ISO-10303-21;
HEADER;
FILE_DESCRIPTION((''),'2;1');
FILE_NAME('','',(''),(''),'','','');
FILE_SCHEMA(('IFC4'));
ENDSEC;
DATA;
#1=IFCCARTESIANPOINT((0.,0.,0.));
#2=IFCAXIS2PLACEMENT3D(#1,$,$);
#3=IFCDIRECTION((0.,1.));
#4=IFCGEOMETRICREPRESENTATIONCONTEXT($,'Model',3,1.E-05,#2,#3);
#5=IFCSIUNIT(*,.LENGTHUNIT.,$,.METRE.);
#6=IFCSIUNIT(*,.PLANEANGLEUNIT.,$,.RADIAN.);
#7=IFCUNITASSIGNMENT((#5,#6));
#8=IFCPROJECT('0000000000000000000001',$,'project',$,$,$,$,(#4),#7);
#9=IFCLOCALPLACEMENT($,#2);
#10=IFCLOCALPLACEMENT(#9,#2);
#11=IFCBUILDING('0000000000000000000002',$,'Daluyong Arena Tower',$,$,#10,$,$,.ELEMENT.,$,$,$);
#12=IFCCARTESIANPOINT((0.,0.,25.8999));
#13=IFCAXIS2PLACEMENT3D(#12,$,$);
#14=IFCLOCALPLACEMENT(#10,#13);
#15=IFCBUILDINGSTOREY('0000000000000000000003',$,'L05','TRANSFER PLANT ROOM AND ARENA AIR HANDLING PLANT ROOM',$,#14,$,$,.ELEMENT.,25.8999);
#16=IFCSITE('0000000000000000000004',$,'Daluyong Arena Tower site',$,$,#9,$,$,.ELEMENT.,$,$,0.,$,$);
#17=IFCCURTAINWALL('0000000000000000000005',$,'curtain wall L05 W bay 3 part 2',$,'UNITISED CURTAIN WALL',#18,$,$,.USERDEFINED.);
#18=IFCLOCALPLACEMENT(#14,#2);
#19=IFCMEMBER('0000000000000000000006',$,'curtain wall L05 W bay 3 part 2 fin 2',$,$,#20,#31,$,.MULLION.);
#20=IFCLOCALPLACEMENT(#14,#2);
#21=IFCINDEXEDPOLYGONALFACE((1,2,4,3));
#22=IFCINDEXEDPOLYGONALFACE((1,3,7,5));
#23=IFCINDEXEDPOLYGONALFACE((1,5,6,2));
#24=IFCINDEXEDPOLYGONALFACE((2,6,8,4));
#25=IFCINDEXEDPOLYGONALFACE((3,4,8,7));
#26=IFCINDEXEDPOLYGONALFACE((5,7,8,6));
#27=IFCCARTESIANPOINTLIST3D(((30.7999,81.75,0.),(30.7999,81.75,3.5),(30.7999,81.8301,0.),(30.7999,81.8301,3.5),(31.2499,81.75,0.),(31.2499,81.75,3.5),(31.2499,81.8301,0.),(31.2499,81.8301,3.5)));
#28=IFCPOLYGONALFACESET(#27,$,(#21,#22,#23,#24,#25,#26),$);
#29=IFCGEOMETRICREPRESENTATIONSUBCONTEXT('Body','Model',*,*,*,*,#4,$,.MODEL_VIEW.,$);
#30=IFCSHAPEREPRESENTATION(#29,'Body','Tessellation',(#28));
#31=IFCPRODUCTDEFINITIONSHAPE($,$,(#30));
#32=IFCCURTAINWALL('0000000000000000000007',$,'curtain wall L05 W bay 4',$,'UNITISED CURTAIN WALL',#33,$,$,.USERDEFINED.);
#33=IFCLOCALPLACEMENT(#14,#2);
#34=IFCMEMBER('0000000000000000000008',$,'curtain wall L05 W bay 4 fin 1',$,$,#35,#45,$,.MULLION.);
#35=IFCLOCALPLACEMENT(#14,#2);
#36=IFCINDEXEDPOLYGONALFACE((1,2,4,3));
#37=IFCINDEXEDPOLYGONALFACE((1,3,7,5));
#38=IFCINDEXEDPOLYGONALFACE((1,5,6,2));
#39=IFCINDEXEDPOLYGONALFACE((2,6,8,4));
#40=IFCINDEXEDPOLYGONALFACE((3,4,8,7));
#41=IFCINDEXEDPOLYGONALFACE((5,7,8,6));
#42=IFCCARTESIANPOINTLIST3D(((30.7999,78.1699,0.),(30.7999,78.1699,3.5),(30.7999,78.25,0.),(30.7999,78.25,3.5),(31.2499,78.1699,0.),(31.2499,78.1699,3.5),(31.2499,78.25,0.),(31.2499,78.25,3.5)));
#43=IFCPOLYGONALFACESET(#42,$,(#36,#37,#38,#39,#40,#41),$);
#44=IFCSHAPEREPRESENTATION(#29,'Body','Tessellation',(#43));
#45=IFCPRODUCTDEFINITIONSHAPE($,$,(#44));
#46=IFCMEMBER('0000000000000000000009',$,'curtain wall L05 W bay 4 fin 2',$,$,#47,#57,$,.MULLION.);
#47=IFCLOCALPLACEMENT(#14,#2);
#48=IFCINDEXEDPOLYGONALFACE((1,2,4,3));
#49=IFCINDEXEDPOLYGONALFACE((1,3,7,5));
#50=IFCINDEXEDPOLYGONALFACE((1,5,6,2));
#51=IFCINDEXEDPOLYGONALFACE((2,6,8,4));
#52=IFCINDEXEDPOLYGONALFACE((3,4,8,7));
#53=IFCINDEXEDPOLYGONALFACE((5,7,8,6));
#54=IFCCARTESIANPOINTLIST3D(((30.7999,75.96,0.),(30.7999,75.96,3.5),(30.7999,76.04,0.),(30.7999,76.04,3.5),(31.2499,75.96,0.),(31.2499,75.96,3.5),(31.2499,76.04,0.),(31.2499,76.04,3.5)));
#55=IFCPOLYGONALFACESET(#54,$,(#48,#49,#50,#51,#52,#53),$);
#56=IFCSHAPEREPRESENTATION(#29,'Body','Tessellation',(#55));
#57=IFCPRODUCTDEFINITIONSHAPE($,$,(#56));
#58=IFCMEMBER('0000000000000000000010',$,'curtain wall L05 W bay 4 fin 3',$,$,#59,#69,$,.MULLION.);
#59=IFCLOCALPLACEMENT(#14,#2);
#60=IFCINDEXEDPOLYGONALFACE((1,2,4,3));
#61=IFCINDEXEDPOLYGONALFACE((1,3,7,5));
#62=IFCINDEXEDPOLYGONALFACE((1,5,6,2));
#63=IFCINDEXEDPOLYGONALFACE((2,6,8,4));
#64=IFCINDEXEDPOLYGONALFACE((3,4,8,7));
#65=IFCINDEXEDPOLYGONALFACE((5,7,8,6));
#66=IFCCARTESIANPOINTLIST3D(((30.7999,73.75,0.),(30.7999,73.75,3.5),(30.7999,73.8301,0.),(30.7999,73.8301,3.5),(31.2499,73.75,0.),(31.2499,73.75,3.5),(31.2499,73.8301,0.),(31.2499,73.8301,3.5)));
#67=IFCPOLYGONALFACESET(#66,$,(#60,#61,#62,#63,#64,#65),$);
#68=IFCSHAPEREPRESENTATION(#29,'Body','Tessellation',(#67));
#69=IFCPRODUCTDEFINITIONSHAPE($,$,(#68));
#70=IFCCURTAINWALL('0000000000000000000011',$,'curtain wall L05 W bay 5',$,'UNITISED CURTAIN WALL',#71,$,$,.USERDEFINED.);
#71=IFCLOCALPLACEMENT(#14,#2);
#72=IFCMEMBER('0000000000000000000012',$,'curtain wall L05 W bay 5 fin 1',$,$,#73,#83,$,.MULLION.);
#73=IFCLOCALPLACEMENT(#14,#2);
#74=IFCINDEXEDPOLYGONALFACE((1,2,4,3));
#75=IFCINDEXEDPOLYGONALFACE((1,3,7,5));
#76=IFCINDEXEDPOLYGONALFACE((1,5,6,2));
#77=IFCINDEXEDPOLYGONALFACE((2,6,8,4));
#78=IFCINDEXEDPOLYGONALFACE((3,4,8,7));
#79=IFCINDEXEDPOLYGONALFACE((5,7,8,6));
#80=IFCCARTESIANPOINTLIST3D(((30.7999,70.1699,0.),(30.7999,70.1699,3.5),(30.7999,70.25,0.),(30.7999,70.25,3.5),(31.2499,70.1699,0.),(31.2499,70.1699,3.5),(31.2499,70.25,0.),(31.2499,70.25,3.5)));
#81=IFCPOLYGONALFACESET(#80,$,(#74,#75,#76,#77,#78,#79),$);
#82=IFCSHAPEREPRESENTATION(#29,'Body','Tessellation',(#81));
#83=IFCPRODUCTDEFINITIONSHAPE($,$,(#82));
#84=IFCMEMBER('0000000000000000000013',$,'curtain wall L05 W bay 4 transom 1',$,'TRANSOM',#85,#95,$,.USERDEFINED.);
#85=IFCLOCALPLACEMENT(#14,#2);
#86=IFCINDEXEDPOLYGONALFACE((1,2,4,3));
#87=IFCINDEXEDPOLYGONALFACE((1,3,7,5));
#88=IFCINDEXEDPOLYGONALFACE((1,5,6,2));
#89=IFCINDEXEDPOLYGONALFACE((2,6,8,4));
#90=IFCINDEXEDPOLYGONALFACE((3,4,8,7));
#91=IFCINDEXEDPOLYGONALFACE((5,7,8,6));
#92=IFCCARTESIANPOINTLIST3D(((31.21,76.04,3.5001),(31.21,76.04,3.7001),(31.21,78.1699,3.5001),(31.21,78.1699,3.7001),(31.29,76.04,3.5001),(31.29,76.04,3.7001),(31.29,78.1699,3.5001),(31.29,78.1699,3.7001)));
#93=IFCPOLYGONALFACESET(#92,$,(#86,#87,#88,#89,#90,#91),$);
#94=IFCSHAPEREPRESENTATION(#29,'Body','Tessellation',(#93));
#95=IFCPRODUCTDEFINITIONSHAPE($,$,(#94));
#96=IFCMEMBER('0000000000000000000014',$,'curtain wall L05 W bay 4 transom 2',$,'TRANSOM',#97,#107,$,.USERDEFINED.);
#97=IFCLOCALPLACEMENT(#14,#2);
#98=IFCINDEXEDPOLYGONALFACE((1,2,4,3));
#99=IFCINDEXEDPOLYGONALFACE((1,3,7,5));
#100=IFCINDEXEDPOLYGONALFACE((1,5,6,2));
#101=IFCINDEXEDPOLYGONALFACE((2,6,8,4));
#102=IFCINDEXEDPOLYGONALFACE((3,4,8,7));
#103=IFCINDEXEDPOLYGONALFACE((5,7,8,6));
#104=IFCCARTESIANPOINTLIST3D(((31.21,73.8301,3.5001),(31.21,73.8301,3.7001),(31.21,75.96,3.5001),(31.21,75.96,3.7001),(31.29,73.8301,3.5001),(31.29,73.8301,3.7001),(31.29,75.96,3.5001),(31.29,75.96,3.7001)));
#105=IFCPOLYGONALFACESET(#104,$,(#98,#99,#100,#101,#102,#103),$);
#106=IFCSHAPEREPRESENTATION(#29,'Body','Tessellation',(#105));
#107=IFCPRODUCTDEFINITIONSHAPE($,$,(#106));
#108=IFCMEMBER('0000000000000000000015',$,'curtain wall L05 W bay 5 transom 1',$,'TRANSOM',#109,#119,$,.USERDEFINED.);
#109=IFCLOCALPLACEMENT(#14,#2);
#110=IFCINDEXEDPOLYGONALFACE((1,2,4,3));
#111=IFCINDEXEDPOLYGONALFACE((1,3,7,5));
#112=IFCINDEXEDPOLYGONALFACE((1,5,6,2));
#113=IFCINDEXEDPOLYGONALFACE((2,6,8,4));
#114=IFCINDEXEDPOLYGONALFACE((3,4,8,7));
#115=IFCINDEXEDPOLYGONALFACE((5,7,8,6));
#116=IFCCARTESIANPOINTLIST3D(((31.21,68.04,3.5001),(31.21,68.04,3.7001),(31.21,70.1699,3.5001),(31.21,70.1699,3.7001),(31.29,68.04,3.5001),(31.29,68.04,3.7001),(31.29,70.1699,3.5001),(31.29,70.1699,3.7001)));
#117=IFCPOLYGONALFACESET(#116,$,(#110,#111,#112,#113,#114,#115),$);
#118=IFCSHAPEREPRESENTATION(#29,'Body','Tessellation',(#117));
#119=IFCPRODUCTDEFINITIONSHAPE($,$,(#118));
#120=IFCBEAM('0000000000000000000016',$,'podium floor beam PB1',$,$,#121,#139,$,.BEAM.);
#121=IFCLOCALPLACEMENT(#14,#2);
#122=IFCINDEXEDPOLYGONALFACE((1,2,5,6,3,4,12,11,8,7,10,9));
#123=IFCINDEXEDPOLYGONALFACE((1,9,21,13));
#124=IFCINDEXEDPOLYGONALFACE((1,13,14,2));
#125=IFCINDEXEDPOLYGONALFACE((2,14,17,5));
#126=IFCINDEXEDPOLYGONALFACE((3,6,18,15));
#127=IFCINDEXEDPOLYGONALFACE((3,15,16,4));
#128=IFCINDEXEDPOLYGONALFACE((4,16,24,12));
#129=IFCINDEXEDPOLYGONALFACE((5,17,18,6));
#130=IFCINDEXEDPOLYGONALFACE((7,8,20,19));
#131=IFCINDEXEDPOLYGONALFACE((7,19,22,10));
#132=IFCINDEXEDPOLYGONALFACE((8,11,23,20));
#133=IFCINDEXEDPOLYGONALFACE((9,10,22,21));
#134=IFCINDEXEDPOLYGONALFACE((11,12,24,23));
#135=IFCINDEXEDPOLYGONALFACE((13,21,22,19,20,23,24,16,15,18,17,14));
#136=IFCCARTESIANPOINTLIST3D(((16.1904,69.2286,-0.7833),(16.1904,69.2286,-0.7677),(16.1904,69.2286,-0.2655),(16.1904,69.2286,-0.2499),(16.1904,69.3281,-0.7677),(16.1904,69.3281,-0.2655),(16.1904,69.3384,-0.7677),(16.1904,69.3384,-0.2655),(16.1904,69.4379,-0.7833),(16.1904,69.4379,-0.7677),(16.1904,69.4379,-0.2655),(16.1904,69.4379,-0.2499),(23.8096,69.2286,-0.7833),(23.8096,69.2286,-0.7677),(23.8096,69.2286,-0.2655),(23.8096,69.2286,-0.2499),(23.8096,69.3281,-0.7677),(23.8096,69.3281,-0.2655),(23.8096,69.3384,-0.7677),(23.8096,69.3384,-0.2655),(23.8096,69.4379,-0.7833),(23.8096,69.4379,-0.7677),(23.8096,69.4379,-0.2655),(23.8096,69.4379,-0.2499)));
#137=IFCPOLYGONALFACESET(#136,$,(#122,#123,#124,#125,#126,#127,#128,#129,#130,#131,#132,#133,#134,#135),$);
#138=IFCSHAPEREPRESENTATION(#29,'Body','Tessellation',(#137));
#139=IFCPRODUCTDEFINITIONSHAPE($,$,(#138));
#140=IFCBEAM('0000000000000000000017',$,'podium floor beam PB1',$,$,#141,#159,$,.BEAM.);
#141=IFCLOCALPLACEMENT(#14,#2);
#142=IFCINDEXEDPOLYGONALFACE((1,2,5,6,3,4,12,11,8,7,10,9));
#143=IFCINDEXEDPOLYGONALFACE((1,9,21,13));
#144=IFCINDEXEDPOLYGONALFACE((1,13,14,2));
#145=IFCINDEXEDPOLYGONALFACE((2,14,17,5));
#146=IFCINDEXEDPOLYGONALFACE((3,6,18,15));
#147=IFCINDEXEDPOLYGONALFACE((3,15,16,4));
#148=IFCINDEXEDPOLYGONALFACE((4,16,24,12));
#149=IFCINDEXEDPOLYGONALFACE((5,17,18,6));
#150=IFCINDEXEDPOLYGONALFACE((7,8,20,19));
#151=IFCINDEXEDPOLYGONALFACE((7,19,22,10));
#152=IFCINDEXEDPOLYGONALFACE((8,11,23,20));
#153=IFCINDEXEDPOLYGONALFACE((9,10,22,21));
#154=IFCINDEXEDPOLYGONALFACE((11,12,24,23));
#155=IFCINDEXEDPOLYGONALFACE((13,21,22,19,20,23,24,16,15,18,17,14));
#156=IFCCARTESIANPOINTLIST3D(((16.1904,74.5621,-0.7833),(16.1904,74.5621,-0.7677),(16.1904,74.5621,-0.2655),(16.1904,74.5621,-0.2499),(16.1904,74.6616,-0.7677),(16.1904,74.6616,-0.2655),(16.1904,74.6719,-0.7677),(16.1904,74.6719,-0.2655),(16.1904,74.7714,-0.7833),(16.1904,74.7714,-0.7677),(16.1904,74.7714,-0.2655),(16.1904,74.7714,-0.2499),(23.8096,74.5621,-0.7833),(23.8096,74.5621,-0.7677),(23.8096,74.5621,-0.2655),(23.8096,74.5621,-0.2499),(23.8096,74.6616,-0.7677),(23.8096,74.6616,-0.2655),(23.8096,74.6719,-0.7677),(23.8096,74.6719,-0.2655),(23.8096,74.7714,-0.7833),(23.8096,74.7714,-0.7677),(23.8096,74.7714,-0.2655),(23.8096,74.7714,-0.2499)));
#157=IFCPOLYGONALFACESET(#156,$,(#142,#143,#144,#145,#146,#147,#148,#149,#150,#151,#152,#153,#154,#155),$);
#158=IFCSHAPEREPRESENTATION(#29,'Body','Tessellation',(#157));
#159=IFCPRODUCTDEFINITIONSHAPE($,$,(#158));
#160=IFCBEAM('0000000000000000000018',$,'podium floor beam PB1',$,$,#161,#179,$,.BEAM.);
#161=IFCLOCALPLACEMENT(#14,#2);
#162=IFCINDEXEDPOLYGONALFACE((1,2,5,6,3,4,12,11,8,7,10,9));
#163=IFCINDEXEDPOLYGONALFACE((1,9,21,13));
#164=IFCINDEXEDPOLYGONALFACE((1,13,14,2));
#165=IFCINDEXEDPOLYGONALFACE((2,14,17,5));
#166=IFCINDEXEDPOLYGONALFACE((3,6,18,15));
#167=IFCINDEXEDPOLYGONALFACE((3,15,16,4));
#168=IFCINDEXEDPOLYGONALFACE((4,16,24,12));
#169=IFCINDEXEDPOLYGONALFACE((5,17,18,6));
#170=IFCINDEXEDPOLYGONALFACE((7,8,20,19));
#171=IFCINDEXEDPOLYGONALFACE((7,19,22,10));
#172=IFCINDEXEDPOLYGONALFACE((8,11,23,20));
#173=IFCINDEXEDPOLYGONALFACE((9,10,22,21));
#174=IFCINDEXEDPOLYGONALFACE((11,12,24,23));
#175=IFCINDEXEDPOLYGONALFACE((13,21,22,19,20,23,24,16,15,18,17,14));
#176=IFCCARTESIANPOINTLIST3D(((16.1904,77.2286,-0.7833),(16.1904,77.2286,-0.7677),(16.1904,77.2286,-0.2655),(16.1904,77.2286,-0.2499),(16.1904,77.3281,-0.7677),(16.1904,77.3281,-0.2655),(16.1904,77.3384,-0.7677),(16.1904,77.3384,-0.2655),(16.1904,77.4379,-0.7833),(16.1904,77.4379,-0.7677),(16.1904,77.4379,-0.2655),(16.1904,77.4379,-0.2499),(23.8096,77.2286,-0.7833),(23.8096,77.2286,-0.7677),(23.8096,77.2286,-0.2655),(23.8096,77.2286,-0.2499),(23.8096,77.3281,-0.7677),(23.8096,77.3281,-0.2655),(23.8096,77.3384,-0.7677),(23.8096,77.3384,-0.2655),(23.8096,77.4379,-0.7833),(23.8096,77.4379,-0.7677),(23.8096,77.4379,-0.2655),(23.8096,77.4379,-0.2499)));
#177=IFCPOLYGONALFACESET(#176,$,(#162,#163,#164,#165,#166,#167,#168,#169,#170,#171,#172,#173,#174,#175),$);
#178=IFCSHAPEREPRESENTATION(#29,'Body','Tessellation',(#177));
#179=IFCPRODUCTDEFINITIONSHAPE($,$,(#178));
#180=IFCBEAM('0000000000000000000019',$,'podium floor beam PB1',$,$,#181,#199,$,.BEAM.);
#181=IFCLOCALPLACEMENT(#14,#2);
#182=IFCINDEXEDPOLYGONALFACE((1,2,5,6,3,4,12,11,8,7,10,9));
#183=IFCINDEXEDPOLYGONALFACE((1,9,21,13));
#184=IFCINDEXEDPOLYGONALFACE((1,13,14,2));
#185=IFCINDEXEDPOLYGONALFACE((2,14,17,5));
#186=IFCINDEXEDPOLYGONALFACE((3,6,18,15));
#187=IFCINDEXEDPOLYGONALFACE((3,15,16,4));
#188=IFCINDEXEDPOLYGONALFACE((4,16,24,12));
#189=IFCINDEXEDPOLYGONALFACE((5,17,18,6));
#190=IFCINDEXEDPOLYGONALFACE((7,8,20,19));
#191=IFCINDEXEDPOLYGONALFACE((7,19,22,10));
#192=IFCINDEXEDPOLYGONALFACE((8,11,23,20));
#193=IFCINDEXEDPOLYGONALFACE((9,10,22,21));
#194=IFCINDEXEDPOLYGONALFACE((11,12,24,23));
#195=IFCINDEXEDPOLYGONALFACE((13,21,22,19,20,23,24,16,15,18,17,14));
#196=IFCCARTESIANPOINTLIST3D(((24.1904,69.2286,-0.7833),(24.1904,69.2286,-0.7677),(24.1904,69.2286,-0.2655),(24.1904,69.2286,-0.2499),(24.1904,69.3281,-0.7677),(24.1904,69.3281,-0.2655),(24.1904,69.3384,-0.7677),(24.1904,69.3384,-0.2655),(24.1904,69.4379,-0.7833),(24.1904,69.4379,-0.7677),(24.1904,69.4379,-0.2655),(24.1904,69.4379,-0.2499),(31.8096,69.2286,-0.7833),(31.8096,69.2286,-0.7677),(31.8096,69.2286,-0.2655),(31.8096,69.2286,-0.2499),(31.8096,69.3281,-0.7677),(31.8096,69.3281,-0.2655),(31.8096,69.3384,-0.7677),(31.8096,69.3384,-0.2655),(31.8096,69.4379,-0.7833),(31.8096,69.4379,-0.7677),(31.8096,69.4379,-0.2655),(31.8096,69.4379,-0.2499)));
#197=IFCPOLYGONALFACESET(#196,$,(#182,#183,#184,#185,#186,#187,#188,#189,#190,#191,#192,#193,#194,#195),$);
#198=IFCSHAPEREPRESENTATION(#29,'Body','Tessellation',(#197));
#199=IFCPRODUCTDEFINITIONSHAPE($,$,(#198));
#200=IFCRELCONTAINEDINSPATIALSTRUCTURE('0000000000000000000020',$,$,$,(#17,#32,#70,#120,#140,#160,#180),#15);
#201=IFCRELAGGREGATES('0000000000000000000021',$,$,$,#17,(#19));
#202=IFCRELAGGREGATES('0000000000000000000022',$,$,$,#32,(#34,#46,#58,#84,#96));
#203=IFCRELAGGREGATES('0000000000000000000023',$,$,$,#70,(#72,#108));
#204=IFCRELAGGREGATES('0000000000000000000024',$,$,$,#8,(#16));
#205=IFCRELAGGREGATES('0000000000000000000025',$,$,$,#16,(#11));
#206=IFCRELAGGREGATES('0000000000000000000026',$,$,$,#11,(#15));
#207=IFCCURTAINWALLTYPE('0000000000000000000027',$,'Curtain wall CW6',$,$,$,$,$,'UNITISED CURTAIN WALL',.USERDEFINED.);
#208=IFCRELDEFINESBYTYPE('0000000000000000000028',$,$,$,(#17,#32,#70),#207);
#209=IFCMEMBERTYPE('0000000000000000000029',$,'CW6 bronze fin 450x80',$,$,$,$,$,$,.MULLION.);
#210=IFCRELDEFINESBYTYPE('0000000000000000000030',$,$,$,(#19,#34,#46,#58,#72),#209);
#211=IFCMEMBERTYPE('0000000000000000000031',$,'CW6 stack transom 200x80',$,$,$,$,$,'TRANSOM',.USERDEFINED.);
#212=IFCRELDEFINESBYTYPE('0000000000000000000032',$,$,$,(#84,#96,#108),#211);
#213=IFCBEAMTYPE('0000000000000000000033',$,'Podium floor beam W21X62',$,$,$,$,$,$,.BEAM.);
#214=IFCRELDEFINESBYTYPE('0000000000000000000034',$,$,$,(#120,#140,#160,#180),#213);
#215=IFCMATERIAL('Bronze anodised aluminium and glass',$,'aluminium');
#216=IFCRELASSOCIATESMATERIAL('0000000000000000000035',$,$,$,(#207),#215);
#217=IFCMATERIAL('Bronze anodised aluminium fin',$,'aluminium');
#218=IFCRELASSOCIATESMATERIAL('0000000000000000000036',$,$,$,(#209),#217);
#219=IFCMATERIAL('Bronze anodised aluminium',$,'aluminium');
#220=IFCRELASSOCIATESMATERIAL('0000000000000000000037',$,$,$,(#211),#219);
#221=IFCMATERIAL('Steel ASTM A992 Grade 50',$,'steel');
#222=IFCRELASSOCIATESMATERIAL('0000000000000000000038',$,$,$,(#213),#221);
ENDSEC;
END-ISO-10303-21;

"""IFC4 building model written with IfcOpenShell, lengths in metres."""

from ifc_helpers import new_model, si_unit, direction, frame, origin, origin_2d, place, context, subcontext, project, spatial, rectangle, i_section, extrude, material, material_profile, profile_set, type_object, element, aggregate, save


model = new_model("IFC4")

# Units and contexts
model_context = context("Model", 3, precision=1e-05, world=origin(), true_north=direction((0.0, 1.0)))
body_context = subcontext(model_context, "Body", "Model", "MODEL_VIEW")
ifc_project = project(units=[si_unit("LENGTHUNIT", "METRE"), si_unit("PLANEANGLEUNIT", "RADIAN")], contexts=[model_context])

# Site, building, storey
site_placement = place(None, origin())
site = spatial("IfcSite", under=ifc_project, at=site_placement, Name="Daluyong Arena Tower site", CompositionType="ELEMENT", RefElevation=0.0)
building_placement = place(site_placement, origin())
building = spatial("IfcBuilding", under=site, at=building_placement, Name="Daluyong Arena Tower", CompositionType="ELEMENT")
storey_placement = place(building_placement, frame((0.0, 0.0, 25.8999)))
storey = spatial("IfcBuildingStorey", under=building, at=storey_placement, Name="L05", Description="TRANSFER PLANT ROOM AND ARENA AIR HANDLING PLANT ROOM", CompositionType="ELEMENT", Elevation=25.8999)

# Curtain wall, member
ifc_material_1 = material(Name="Bronze anodised aluminium and glass", Category="aluminium")
curtain_wall_type = type_object("IfcCurtainWallType", Name="Curtain wall CW6", ElementType="UNITISED CURTAIN WALL", PredefinedType="USERDEFINED", material=ifc_material_1)
curtain_wall_1_placement = place(storey_placement, origin())
curtain_wall_1 = element("IfcCurtainWall", 1, at=curtain_wall_1_placement, inside=storey, type_object=curtain_wall_type, Name="curtain wall L05 W bay 3 part 2", ObjectType="UNITISED CURTAIN WALL", PredefinedType="USERDEFINED")
ifc_material_2 = material(Name="Bronze anodised aluminium fin", Category="aluminium")
ifc_material_profile_1 = material_profile(ifc_material_2, rectangle(XDim=0.45, YDim=0.0801, at=origin_2d()))
ifc_profile_set_1 = profile_set([ifc_material_profile_1], Name="Bronze anodised aluminium fin")
member_type_1 = type_object("IfcMemberType", Name="CW6 bronze fin 450x80", PredefinedType="MULLION", material=ifc_profile_set_1)
member_1_placement = place(storey_placement, frame((31.0249, 81.79, 0.0), z_axis=(0.0, 0.0, 1.0), x_axis=(1.0, 0.0, 0.0)))
member_1 = element("IfcMember", 2, at=member_1_placement, type_object=member_type_1, Name="curtain wall L05 W bay 3 part 2 fin 2", PredefinedType="MULLION", context=body_context, shape_type="SweptSolid", body=[
    extrude(rectangle(XDim=0.45, YDim=0.0801, at=origin_2d()), origin(), (0.0, 0.0, 1.0), 3.5),
])
aggregate(curtain_wall_1, [member_1])

# Curtain wall, members
curtain_wall_2_placement = place(storey_placement, origin())
curtain_wall_2 = element("IfcCurtainWall", 3, at=curtain_wall_2_placement, inside=storey, type_object=curtain_wall_type, Name="curtain wall L05 W bay 4", ObjectType="UNITISED CURTAIN WALL", PredefinedType="USERDEFINED")
member_2_placement = place(storey_placement, frame((31.0249, 78.21, 0.0), z_axis=(0.0, 0.0, 1.0), x_axis=(1.0, 0.0, 0.0)))
member_2 = element("IfcMember", 4, at=member_2_placement, type_object=member_type_1, Name="curtain wall L05 W bay 4 fin 1", PredefinedType="MULLION", context=body_context, shape_type="SweptSolid", body=[
    extrude(rectangle(XDim=0.45, YDim=0.0801, at=origin_2d()), origin(), (0.0, 0.0, 1.0), 3.5),
])
member_3_placement = place(storey_placement, frame((31.0249, 76.0, 0.0), z_axis=(0.0, 0.0, 1.0), x_axis=(1.0, 0.0, 0.0)))
member_3 = element("IfcMember", 5, at=member_3_placement, type_object=member_type_1, Name="curtain wall L05 W bay 4 fin 2", PredefinedType="MULLION", context=body_context, shape_type="SweptSolid", body=[
    extrude(rectangle(XDim=0.45, YDim=0.0801, at=origin_2d()), origin(), (0.0, 0.0, 1.0), 3.5),
])
member_4_placement = place(storey_placement, frame((31.0249, 73.79, 0.0), z_axis=(0.0, 0.0, 1.0), x_axis=(1.0, 0.0, 0.0)))
member_4 = element("IfcMember", 6, at=member_4_placement, type_object=member_type_1, Name="curtain wall L05 W bay 4 fin 3", PredefinedType="MULLION", context=body_context, shape_type="SweptSolid", body=[
    extrude(rectangle(XDim=0.45, YDim=0.0801, at=origin_2d()), origin(), (0.0, 0.0, 1.0), 3.5),
])

# Curtain wall, member
curtain_wall_3_placement = place(storey_placement, origin())
curtain_wall_3 = element("IfcCurtainWall", 7, at=curtain_wall_3_placement, inside=storey, type_object=curtain_wall_type, Name="curtain wall L05 W bay 5", ObjectType="UNITISED CURTAIN WALL", PredefinedType="USERDEFINED")
member_5_placement = place(storey_placement, frame((31.0249, 70.21, 0.0), z_axis=(0.0, 0.0, 1.0), x_axis=(1.0, 0.0, 0.0)))
member_5 = element("IfcMember", 8, at=member_5_placement, type_object=member_type_1, Name="curtain wall L05 W bay 5 fin 1", PredefinedType="MULLION", context=body_context, shape_type="SweptSolid", body=[
    extrude(rectangle(XDim=0.45, YDim=0.0801, at=origin_2d()), origin(), (0.0, 0.0, 1.0), 3.5),
])

# Members
ifc_material_3 = material(Name="Bronze anodised aluminium", Category="aluminium")
ifc_material_profile_2 = material_profile(ifc_material_3, rectangle(XDim=0.0801, YDim=0.2, at=origin_2d()))
ifc_profile_set_2 = profile_set([ifc_material_profile_2], Name="Bronze anodised aluminium")
member_type_2 = type_object("IfcMemberType", Name="CW6 stack transom 200x80", ElementType="TRANSOM", PredefinedType="USERDEFINED", material=ifc_profile_set_2)
member_6_placement = place(storey_placement, frame((31.25, 78.1699, 3.6001), z_axis=(0.0, -1.0, 0.0), x_axis=(1.0, 0.0, 0.0)))
member_6 = element("IfcMember", 9, at=member_6_placement, type_object=member_type_2, Name="curtain wall L05 W bay 4 transom 1", ObjectType="TRANSOM", PredefinedType="USERDEFINED", context=body_context, shape_type="SweptSolid", body=[
    extrude(rectangle(XDim=0.0801, YDim=0.2, at=origin_2d()), origin(), (0.0, 0.0, 1.0), 2.1299),
])
member_7_placement = place(storey_placement, frame((31.25, 75.96, 3.6001), z_axis=(0.0, -1.0, 0.0), x_axis=(1.0, 0.0, 0.0)))
member_7 = element("IfcMember", 10, at=member_7_placement, type_object=member_type_2, Name="curtain wall L05 W bay 4 transom 2", ObjectType="TRANSOM", PredefinedType="USERDEFINED", context=body_context, shape_type="SweptSolid", body=[
    extrude(rectangle(XDim=0.0801, YDim=0.2, at=origin_2d()), origin(), (0.0, 0.0, 1.0), 2.1299),
])
member_8_placement = place(storey_placement, frame((31.25, 70.1699, 3.6001), z_axis=(0.0, -1.0, 0.0), x_axis=(1.0, 0.0, 0.0)))
member_8 = element("IfcMember", 11, at=member_8_placement, type_object=member_type_2, Name="curtain wall L05 W bay 5 transom 1", ObjectType="TRANSOM", PredefinedType="USERDEFINED", context=body_context, shape_type="SweptSolid", body=[
    extrude(rectangle(XDim=0.0801, YDim=0.2, at=origin_2d()), origin(), (0.0, 0.0, 1.0), 2.1299),
])

# Beams
ifc_material_4 = material(Name="Steel ASTM A992 Grade 50", Category="steel")
ifc_material_profile_3 = material_profile(ifc_material_4, i_section(OverallWidth=0.2092, OverallDepth=0.5334, WebThickness=0.0103, FlangeThickness=0.0156, at=origin_2d()))
ifc_profile_set_3 = profile_set([ifc_material_profile_3], Name="Steel ASTM A992 Grade 50")
beam_type_1 = type_object("IfcBeamType", Name="Podium floor beam W21X62", PredefinedType="BEAM", material=ifc_profile_set_3)
for number, where, z_axis, x_axis, name in (
    (12, (16.1904, 69.3333, -0.5166), (1.0, 0.0, 0.0), (0.0, 1.0, 0.0), "podium floor beam PB1"),
    (13, (16.1904, 74.6667, -0.5166), (1.0, 0.0, 0.0), (0.0, 1.0, 0.0), "podium floor beam PB1"),
    (14, (16.1904, 77.3333, -0.5166), (1.0, 0.0, 0.0), (0.0, 1.0, 0.0), "podium floor beam PB1"),
    (15, (24.1904, 69.3333, -0.5166), (1.0, 0.0, 0.0), (0.0, 1.0, 0.0), "podium floor beam PB1"),
):
    element("IfcBeam", number, at=place(storey_placement, frame(where, z_axis=z_axis, x_axis=x_axis)), inside=storey, type_object=beam_type_1, Name=name, PredefinedType="BEAM", context=body_context, shape_type="SweptSolid", body=[
        extrude(i_section(OverallWidth=0.2092, OverallDepth=0.5334, WebThickness=0.0103, FlangeThickness=0.0156, at=origin_2d()), origin(), (0.0, 0.0, 1.0), 7.6191),
    ])

aggregate(curtain_wall_2, [member_2, member_3, member_4, member_6, member_7])
aggregate(curtain_wall_3, [member_5, member_8])

save(model, "model.ifc")
